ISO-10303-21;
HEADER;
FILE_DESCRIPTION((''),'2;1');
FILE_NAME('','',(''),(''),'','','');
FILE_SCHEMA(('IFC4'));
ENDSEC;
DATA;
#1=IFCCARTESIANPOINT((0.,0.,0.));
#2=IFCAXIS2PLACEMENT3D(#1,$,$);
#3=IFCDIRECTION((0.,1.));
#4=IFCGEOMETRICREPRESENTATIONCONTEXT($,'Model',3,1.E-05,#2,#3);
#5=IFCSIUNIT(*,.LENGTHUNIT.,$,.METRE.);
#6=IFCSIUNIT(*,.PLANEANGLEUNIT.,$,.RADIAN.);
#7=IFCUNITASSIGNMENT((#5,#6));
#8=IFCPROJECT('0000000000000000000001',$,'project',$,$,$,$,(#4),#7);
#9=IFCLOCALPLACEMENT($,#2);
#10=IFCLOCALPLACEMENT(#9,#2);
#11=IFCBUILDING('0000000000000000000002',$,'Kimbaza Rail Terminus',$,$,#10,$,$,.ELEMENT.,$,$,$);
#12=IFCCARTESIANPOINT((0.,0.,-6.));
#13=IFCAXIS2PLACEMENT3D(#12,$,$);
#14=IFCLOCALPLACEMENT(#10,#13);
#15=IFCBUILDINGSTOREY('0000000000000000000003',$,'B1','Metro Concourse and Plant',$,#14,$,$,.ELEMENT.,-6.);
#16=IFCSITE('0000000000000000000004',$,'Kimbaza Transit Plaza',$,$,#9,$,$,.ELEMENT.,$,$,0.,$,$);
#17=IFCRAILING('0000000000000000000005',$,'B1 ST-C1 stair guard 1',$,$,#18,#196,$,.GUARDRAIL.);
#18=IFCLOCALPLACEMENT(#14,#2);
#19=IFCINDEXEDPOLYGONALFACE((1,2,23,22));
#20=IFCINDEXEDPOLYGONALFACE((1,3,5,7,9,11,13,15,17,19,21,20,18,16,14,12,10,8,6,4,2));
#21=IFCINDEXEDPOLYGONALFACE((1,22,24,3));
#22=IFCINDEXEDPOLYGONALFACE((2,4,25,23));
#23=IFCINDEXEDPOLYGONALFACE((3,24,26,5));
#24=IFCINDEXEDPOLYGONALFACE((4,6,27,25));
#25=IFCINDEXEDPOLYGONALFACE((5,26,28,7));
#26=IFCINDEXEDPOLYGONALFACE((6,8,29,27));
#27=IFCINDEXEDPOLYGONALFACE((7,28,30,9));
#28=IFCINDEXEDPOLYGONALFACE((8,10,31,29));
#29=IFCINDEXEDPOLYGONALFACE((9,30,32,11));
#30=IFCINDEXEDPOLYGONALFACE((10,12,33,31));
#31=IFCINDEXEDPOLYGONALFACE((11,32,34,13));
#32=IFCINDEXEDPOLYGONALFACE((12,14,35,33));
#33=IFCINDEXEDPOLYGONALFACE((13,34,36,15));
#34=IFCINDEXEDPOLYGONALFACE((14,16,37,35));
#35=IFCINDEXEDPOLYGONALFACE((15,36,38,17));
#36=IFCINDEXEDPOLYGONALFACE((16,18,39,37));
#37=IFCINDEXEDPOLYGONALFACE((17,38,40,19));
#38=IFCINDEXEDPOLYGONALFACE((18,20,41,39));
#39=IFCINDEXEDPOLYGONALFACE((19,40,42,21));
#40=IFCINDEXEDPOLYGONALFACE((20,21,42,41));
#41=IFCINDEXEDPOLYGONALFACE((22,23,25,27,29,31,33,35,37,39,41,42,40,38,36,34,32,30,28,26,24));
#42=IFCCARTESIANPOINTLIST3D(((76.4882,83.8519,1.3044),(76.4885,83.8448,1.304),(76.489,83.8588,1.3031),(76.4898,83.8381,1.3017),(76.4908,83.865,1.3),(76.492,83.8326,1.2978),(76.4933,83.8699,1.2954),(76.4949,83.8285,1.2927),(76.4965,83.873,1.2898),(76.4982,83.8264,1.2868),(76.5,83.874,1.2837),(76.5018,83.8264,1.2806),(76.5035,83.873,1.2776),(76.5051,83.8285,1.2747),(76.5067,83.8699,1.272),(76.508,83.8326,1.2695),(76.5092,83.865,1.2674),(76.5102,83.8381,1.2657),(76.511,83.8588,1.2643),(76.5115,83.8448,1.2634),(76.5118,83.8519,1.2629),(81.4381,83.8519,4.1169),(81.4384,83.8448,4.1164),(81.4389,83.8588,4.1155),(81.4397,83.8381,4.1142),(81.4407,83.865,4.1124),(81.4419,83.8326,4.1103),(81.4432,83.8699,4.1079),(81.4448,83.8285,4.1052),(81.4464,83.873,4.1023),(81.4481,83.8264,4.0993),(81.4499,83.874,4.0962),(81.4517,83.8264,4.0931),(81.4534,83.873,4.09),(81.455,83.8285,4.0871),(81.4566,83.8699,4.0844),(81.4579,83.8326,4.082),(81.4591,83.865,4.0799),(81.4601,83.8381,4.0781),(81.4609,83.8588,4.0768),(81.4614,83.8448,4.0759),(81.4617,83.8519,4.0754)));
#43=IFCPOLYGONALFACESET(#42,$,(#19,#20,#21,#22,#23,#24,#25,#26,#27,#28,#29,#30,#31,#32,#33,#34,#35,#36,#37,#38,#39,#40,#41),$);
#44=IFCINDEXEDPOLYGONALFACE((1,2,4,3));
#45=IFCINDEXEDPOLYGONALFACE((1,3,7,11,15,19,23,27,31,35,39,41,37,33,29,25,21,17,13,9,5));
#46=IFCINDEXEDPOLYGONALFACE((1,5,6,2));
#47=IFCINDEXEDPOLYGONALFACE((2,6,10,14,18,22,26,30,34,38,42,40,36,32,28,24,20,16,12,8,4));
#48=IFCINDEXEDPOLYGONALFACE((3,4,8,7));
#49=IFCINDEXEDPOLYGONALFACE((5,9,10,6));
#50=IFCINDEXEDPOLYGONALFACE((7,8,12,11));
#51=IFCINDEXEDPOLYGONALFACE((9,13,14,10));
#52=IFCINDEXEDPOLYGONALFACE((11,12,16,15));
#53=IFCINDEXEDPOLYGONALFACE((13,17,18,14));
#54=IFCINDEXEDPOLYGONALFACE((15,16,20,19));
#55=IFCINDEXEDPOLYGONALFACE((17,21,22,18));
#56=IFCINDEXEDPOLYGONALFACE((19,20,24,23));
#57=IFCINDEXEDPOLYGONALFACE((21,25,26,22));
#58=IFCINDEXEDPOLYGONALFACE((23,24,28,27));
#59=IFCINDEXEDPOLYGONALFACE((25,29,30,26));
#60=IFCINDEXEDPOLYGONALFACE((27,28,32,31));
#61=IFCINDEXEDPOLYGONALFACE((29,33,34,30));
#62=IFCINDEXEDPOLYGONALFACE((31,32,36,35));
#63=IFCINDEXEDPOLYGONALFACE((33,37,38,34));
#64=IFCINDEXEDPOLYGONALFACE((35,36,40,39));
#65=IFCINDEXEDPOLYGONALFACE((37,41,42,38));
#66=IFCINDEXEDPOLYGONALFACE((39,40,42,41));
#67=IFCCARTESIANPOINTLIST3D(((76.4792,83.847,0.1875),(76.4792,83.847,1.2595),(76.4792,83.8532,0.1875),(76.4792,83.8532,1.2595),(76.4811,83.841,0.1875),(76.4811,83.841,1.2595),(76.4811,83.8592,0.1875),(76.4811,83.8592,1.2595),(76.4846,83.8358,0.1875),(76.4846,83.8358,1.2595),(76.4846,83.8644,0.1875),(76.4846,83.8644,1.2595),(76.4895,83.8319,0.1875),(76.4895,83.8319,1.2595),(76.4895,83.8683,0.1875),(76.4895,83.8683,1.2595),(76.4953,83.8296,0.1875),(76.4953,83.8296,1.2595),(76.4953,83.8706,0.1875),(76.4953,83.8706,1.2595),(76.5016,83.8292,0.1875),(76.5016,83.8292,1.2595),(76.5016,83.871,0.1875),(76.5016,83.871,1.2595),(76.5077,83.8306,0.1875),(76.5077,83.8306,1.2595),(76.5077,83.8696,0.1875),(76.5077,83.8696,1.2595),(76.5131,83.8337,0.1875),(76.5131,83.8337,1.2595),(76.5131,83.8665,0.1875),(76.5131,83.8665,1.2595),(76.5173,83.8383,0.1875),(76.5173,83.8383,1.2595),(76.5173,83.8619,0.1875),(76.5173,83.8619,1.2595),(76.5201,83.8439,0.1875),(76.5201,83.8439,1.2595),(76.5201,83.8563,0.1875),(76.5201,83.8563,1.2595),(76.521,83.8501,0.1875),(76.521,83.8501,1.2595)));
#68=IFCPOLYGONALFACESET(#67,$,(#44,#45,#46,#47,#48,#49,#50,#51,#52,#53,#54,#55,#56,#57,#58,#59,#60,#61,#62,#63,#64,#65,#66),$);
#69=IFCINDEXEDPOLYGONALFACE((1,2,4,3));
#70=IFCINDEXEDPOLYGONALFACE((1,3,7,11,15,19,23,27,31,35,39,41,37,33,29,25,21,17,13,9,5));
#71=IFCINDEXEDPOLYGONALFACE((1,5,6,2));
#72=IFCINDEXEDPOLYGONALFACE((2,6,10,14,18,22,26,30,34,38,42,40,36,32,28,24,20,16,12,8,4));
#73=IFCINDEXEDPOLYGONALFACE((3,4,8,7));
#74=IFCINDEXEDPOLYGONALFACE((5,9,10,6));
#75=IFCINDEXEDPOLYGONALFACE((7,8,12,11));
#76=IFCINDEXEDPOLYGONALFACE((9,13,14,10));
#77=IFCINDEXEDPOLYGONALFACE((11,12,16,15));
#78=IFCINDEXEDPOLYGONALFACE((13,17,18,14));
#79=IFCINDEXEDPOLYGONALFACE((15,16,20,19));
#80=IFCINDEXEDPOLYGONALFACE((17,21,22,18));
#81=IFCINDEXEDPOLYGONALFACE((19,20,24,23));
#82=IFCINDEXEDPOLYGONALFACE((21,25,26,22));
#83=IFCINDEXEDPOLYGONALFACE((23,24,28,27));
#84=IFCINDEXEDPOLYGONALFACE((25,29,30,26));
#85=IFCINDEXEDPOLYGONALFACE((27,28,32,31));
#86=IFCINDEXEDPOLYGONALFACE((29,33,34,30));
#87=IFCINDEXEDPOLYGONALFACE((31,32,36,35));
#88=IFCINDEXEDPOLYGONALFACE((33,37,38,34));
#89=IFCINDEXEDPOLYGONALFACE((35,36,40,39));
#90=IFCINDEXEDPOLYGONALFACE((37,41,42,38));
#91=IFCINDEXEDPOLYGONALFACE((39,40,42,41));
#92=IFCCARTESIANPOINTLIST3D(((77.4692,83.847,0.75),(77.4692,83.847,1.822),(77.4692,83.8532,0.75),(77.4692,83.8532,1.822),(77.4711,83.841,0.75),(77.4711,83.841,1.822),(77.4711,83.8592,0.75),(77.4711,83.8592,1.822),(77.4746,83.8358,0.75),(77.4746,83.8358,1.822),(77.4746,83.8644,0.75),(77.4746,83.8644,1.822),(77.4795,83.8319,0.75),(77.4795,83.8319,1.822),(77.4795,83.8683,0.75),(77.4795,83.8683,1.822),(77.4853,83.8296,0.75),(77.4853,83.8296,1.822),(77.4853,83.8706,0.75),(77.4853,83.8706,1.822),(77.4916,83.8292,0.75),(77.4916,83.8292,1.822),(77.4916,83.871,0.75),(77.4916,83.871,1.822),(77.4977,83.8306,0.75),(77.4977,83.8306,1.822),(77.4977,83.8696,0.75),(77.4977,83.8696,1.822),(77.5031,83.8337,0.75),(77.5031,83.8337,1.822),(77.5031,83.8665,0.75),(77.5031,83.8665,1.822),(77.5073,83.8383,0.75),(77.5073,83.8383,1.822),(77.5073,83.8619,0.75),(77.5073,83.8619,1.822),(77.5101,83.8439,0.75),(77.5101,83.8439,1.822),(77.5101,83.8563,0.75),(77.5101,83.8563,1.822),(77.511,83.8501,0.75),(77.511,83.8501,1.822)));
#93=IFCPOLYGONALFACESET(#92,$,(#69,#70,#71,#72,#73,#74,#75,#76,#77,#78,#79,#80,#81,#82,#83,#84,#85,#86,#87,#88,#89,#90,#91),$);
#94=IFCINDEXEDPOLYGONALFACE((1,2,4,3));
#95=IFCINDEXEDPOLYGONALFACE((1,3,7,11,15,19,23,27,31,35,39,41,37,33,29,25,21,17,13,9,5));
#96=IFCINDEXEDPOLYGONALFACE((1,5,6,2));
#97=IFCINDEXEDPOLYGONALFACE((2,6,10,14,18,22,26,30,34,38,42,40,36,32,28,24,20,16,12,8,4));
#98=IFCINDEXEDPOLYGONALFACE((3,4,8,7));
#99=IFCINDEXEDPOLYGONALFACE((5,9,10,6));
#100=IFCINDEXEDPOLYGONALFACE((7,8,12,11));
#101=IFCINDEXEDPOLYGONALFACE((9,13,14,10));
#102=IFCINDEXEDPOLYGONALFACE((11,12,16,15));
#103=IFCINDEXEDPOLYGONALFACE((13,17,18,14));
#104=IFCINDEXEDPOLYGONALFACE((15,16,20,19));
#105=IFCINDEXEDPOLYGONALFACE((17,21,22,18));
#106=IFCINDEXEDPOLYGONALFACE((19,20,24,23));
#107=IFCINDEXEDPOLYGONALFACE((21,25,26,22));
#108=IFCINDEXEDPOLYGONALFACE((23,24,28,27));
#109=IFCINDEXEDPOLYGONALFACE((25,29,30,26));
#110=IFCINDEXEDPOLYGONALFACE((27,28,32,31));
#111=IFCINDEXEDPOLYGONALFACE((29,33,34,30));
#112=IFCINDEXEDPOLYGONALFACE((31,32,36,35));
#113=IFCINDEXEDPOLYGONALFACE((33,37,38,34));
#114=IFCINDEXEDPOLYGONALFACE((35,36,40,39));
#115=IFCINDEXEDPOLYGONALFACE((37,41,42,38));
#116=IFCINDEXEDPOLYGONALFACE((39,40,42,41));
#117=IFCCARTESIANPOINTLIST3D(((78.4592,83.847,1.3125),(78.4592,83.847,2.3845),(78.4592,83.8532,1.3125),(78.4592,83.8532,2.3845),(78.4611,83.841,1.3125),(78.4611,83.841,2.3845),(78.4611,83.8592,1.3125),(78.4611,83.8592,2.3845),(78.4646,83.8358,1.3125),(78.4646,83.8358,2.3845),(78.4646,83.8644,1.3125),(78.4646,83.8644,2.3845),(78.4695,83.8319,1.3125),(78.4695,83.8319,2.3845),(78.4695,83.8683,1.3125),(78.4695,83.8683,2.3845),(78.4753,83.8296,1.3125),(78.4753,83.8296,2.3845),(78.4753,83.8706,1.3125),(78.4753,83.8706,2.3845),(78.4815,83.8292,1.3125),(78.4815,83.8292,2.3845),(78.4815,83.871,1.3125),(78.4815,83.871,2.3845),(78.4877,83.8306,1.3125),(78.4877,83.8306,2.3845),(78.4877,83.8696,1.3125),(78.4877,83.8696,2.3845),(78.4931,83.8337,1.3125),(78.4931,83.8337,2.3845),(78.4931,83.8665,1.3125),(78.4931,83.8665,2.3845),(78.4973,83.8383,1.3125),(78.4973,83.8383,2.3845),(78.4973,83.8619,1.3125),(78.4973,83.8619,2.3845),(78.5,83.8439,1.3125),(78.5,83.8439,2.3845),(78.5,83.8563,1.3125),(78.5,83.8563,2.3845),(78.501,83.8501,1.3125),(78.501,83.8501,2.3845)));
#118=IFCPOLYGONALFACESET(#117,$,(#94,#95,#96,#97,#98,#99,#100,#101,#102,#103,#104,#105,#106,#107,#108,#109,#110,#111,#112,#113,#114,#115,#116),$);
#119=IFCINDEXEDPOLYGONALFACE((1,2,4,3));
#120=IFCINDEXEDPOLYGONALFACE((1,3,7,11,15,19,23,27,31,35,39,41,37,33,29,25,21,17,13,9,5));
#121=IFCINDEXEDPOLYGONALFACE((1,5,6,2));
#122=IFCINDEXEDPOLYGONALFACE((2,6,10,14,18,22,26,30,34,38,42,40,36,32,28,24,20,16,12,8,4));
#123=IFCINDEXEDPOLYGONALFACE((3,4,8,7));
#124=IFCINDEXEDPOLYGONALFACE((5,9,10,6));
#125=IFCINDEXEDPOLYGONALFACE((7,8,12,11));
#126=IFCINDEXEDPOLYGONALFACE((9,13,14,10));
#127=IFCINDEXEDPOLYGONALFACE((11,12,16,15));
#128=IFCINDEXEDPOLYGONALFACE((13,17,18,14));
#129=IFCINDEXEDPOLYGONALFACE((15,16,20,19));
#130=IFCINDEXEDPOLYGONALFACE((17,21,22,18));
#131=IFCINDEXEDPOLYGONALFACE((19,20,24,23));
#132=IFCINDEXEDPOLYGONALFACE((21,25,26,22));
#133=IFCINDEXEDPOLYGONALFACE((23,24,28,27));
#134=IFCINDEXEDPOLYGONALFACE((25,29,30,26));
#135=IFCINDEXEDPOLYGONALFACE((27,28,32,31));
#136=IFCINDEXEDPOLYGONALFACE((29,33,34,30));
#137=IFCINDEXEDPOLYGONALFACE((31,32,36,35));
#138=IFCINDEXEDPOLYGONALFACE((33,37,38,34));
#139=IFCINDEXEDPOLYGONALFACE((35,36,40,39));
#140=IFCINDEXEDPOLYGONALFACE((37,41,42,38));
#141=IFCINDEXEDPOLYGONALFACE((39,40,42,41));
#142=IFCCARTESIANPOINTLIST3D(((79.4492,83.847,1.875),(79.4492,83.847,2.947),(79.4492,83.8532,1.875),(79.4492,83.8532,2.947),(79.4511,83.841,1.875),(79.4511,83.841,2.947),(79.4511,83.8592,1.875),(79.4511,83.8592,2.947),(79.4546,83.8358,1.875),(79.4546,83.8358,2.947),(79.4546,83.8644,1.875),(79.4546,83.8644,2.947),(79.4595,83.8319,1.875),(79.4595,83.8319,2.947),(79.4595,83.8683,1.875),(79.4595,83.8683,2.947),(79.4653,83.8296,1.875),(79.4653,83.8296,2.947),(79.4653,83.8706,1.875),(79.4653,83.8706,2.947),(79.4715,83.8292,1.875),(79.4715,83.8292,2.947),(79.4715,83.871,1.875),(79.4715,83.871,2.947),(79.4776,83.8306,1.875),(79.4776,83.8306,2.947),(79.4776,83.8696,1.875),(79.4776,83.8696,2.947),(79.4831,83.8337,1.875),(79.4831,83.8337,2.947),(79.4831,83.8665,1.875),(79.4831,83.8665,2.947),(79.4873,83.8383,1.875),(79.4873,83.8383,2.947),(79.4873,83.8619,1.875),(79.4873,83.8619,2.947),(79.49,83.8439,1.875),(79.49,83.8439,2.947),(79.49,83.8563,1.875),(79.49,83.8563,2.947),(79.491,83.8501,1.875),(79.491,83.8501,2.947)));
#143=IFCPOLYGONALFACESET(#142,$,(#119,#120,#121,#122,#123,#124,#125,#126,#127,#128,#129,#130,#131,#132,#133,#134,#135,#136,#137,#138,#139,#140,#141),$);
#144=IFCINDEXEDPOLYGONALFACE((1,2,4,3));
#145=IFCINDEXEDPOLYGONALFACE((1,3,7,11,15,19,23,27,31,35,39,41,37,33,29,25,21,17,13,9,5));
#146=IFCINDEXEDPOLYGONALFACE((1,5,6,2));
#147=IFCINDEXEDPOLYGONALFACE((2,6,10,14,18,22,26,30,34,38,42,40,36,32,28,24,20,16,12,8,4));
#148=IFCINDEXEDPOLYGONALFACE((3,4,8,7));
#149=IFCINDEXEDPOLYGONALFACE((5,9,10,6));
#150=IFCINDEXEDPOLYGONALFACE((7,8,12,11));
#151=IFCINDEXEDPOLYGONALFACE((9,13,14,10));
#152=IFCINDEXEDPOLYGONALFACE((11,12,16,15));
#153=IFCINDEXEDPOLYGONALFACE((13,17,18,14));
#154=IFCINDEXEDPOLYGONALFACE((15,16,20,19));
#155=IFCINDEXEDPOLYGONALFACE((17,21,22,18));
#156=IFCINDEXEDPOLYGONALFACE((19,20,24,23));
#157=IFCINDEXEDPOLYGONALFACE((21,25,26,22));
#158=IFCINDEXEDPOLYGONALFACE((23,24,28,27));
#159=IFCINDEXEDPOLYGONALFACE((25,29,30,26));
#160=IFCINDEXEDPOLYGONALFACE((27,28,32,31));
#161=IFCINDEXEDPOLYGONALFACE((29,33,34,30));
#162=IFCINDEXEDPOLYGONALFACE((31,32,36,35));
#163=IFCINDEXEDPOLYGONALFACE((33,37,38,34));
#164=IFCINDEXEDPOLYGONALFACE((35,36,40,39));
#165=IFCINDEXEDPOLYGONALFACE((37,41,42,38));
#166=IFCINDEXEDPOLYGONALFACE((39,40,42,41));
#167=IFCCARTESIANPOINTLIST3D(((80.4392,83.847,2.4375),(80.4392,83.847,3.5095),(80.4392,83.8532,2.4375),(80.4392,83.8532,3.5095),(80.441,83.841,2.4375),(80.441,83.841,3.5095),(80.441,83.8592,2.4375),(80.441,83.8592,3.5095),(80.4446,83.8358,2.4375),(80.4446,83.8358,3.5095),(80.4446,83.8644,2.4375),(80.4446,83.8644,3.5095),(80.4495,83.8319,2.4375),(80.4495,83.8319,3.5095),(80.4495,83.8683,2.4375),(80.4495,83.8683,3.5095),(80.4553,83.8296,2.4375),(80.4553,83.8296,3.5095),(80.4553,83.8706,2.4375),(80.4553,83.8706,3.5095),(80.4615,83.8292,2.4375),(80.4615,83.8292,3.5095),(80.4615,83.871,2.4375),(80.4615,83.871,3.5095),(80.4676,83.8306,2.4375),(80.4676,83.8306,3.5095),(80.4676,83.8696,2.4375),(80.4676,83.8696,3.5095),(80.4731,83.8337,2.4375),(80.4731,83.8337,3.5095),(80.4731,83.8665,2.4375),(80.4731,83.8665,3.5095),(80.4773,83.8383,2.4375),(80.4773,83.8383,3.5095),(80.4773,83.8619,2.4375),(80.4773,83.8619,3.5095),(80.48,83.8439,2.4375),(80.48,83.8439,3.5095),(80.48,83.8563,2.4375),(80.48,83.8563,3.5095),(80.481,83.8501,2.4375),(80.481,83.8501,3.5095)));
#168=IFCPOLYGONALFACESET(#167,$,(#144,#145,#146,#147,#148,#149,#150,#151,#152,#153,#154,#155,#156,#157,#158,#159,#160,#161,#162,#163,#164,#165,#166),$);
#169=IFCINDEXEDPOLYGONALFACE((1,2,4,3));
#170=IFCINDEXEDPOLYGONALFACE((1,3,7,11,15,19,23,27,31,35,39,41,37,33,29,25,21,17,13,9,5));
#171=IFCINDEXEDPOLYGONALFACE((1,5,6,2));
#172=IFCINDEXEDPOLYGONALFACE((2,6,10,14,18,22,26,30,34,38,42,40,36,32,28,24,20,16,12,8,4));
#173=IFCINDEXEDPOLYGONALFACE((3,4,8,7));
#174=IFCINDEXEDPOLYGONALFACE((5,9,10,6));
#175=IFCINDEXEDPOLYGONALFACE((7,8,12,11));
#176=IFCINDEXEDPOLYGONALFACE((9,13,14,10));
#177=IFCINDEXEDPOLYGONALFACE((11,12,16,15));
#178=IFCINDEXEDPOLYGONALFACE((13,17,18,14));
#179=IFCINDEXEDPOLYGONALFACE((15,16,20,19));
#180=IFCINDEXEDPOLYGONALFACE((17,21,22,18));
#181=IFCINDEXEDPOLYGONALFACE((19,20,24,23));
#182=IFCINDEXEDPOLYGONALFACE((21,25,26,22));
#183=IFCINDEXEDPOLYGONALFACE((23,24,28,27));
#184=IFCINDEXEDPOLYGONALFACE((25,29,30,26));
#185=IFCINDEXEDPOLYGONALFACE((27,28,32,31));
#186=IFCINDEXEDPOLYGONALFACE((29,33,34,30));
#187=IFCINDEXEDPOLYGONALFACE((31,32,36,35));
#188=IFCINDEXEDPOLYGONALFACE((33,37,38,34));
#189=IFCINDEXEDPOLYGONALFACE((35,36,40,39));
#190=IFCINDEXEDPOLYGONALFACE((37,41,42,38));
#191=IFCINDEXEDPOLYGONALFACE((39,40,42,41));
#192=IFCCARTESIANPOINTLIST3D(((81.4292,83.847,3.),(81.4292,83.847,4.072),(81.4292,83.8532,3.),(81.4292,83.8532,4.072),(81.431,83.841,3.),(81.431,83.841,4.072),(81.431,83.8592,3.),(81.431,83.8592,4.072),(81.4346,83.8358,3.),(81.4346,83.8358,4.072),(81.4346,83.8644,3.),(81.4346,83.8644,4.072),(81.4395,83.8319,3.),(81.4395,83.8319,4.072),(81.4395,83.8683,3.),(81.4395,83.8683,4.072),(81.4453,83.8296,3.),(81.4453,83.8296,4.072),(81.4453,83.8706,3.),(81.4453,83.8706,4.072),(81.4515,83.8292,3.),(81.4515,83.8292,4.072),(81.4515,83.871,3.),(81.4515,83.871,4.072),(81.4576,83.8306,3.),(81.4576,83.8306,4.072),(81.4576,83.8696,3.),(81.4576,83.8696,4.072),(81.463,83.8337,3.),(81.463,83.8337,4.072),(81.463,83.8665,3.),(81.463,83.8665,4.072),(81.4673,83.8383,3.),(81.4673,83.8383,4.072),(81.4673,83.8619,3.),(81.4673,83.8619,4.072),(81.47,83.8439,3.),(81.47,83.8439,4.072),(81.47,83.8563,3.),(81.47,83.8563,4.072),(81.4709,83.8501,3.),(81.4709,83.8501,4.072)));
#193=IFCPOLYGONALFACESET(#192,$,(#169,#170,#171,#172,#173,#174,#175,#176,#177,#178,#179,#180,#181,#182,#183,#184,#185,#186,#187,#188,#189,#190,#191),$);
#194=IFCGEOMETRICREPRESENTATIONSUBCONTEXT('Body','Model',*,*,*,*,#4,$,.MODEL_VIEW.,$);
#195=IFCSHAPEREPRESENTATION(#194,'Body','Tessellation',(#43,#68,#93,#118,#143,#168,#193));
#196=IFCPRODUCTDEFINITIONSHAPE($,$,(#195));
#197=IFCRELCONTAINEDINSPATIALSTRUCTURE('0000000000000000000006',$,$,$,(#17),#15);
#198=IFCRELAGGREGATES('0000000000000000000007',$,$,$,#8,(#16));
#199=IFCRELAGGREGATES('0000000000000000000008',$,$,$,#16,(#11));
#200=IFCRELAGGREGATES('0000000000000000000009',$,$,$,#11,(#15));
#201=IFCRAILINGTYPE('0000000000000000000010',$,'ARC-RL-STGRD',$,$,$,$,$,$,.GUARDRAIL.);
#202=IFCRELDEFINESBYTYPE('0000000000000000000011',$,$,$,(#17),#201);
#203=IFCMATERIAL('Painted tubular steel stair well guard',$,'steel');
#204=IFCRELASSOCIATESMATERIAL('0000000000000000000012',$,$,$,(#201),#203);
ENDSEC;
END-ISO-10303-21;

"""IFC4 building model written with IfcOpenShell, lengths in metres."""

from ifc_helpers import new_model, si_unit, direction, frame, origin, origin_2d, place, context, subcontext, project, spatial, circle, extrude, material, type_object, element, save


model = new_model("IFC4")

# Units and contexts
model_context = context("Model", 3, precision=1e-05, world=origin(), true_north=direction((0.0, 1.0)))
body_context = subcontext(model_context, "Body", "Model", "MODEL_VIEW")
ifc_project = project(units=[si_unit("LENGTHUNIT", "METRE"), si_unit("PLANEANGLEUNIT", "RADIAN")], contexts=[model_context])

# Site, building, storey
site_placement = place(None, origin())
site = spatial("IfcSite", under=ifc_project, at=site_placement, Name="Kimbaza Transit Plaza", CompositionType="ELEMENT", RefElevation=0.0)
building_placement = place(site_placement, origin())
building = spatial("IfcBuilding", under=site, at=building_placement, Name="Kimbaza Rail Terminus", CompositionType="ELEMENT")
storey_placement = place(building_placement, frame((0.0, 0.0, -6.0)))
storey = spatial("IfcBuildingStorey", under=building, at=storey_placement, Name="B1", Description="Metro Concourse and Plant", CompositionType="ELEMENT", Elevation=-6.0)

# Railing
ifc_material_1 = material(Name="Painted tubular steel stair well guard", Category="steel")
railing_type = type_object("IfcRailingType", Name="ARC-RL-STGRD", PredefinedType="GUARDRAIL", material=ifc_material_1)
railing_1_placement = place(storey_placement, frame((76.5, 83.8501, 0.1875)))
element("IfcRailing", 1, at=railing_1_placement, inside=storey, type_object=railing_type, Name="B1 ST-C1 stair guard 1", PredefinedType="GUARDRAIL", context=body_context, shape_type="SweptSolid", body=[
    extrude(circle(Radius=0.0239, at=origin_2d()), frame((0.0, 0.0, 1.0962), z_axis=(0.869454, 0.0, 0.494013), x_axis=(0.0, 1.0, 0.0)), (0.0, 0.0, 1.0), 5.6931),
    extrude(circle(Radius=0.021, at=origin_2d()), origin(), (0.0, 0.0, 1.0), 1.072),
    extrude(circle(Radius=0.021, at=origin_2d()), frame((0.99, 0.0, 0.5625)), (0.0, 0.0, 1.0), 1.072),
    extrude(circle(Radius=0.021, at=origin_2d()), frame((1.98, 0.0, 1.125)), (0.0, 0.0, 1.0), 1.072),
    extrude(circle(Radius=0.021, at=origin_2d()), frame((2.97, 0.0, 1.6875)), (0.0, 0.0, 1.0), 1.072),
    extrude(circle(Radius=0.021, at=origin_2d()), frame((3.96, 0.0, 2.25)), (0.0, 0.0, 1.0), 1.072),
    extrude(circle(Radius=0.021, at=origin_2d()), frame((4.95, 0.0, 2.8125)), (0.0, 0.0, 1.0), 1.072),
])

save(model, "model.ifc")
